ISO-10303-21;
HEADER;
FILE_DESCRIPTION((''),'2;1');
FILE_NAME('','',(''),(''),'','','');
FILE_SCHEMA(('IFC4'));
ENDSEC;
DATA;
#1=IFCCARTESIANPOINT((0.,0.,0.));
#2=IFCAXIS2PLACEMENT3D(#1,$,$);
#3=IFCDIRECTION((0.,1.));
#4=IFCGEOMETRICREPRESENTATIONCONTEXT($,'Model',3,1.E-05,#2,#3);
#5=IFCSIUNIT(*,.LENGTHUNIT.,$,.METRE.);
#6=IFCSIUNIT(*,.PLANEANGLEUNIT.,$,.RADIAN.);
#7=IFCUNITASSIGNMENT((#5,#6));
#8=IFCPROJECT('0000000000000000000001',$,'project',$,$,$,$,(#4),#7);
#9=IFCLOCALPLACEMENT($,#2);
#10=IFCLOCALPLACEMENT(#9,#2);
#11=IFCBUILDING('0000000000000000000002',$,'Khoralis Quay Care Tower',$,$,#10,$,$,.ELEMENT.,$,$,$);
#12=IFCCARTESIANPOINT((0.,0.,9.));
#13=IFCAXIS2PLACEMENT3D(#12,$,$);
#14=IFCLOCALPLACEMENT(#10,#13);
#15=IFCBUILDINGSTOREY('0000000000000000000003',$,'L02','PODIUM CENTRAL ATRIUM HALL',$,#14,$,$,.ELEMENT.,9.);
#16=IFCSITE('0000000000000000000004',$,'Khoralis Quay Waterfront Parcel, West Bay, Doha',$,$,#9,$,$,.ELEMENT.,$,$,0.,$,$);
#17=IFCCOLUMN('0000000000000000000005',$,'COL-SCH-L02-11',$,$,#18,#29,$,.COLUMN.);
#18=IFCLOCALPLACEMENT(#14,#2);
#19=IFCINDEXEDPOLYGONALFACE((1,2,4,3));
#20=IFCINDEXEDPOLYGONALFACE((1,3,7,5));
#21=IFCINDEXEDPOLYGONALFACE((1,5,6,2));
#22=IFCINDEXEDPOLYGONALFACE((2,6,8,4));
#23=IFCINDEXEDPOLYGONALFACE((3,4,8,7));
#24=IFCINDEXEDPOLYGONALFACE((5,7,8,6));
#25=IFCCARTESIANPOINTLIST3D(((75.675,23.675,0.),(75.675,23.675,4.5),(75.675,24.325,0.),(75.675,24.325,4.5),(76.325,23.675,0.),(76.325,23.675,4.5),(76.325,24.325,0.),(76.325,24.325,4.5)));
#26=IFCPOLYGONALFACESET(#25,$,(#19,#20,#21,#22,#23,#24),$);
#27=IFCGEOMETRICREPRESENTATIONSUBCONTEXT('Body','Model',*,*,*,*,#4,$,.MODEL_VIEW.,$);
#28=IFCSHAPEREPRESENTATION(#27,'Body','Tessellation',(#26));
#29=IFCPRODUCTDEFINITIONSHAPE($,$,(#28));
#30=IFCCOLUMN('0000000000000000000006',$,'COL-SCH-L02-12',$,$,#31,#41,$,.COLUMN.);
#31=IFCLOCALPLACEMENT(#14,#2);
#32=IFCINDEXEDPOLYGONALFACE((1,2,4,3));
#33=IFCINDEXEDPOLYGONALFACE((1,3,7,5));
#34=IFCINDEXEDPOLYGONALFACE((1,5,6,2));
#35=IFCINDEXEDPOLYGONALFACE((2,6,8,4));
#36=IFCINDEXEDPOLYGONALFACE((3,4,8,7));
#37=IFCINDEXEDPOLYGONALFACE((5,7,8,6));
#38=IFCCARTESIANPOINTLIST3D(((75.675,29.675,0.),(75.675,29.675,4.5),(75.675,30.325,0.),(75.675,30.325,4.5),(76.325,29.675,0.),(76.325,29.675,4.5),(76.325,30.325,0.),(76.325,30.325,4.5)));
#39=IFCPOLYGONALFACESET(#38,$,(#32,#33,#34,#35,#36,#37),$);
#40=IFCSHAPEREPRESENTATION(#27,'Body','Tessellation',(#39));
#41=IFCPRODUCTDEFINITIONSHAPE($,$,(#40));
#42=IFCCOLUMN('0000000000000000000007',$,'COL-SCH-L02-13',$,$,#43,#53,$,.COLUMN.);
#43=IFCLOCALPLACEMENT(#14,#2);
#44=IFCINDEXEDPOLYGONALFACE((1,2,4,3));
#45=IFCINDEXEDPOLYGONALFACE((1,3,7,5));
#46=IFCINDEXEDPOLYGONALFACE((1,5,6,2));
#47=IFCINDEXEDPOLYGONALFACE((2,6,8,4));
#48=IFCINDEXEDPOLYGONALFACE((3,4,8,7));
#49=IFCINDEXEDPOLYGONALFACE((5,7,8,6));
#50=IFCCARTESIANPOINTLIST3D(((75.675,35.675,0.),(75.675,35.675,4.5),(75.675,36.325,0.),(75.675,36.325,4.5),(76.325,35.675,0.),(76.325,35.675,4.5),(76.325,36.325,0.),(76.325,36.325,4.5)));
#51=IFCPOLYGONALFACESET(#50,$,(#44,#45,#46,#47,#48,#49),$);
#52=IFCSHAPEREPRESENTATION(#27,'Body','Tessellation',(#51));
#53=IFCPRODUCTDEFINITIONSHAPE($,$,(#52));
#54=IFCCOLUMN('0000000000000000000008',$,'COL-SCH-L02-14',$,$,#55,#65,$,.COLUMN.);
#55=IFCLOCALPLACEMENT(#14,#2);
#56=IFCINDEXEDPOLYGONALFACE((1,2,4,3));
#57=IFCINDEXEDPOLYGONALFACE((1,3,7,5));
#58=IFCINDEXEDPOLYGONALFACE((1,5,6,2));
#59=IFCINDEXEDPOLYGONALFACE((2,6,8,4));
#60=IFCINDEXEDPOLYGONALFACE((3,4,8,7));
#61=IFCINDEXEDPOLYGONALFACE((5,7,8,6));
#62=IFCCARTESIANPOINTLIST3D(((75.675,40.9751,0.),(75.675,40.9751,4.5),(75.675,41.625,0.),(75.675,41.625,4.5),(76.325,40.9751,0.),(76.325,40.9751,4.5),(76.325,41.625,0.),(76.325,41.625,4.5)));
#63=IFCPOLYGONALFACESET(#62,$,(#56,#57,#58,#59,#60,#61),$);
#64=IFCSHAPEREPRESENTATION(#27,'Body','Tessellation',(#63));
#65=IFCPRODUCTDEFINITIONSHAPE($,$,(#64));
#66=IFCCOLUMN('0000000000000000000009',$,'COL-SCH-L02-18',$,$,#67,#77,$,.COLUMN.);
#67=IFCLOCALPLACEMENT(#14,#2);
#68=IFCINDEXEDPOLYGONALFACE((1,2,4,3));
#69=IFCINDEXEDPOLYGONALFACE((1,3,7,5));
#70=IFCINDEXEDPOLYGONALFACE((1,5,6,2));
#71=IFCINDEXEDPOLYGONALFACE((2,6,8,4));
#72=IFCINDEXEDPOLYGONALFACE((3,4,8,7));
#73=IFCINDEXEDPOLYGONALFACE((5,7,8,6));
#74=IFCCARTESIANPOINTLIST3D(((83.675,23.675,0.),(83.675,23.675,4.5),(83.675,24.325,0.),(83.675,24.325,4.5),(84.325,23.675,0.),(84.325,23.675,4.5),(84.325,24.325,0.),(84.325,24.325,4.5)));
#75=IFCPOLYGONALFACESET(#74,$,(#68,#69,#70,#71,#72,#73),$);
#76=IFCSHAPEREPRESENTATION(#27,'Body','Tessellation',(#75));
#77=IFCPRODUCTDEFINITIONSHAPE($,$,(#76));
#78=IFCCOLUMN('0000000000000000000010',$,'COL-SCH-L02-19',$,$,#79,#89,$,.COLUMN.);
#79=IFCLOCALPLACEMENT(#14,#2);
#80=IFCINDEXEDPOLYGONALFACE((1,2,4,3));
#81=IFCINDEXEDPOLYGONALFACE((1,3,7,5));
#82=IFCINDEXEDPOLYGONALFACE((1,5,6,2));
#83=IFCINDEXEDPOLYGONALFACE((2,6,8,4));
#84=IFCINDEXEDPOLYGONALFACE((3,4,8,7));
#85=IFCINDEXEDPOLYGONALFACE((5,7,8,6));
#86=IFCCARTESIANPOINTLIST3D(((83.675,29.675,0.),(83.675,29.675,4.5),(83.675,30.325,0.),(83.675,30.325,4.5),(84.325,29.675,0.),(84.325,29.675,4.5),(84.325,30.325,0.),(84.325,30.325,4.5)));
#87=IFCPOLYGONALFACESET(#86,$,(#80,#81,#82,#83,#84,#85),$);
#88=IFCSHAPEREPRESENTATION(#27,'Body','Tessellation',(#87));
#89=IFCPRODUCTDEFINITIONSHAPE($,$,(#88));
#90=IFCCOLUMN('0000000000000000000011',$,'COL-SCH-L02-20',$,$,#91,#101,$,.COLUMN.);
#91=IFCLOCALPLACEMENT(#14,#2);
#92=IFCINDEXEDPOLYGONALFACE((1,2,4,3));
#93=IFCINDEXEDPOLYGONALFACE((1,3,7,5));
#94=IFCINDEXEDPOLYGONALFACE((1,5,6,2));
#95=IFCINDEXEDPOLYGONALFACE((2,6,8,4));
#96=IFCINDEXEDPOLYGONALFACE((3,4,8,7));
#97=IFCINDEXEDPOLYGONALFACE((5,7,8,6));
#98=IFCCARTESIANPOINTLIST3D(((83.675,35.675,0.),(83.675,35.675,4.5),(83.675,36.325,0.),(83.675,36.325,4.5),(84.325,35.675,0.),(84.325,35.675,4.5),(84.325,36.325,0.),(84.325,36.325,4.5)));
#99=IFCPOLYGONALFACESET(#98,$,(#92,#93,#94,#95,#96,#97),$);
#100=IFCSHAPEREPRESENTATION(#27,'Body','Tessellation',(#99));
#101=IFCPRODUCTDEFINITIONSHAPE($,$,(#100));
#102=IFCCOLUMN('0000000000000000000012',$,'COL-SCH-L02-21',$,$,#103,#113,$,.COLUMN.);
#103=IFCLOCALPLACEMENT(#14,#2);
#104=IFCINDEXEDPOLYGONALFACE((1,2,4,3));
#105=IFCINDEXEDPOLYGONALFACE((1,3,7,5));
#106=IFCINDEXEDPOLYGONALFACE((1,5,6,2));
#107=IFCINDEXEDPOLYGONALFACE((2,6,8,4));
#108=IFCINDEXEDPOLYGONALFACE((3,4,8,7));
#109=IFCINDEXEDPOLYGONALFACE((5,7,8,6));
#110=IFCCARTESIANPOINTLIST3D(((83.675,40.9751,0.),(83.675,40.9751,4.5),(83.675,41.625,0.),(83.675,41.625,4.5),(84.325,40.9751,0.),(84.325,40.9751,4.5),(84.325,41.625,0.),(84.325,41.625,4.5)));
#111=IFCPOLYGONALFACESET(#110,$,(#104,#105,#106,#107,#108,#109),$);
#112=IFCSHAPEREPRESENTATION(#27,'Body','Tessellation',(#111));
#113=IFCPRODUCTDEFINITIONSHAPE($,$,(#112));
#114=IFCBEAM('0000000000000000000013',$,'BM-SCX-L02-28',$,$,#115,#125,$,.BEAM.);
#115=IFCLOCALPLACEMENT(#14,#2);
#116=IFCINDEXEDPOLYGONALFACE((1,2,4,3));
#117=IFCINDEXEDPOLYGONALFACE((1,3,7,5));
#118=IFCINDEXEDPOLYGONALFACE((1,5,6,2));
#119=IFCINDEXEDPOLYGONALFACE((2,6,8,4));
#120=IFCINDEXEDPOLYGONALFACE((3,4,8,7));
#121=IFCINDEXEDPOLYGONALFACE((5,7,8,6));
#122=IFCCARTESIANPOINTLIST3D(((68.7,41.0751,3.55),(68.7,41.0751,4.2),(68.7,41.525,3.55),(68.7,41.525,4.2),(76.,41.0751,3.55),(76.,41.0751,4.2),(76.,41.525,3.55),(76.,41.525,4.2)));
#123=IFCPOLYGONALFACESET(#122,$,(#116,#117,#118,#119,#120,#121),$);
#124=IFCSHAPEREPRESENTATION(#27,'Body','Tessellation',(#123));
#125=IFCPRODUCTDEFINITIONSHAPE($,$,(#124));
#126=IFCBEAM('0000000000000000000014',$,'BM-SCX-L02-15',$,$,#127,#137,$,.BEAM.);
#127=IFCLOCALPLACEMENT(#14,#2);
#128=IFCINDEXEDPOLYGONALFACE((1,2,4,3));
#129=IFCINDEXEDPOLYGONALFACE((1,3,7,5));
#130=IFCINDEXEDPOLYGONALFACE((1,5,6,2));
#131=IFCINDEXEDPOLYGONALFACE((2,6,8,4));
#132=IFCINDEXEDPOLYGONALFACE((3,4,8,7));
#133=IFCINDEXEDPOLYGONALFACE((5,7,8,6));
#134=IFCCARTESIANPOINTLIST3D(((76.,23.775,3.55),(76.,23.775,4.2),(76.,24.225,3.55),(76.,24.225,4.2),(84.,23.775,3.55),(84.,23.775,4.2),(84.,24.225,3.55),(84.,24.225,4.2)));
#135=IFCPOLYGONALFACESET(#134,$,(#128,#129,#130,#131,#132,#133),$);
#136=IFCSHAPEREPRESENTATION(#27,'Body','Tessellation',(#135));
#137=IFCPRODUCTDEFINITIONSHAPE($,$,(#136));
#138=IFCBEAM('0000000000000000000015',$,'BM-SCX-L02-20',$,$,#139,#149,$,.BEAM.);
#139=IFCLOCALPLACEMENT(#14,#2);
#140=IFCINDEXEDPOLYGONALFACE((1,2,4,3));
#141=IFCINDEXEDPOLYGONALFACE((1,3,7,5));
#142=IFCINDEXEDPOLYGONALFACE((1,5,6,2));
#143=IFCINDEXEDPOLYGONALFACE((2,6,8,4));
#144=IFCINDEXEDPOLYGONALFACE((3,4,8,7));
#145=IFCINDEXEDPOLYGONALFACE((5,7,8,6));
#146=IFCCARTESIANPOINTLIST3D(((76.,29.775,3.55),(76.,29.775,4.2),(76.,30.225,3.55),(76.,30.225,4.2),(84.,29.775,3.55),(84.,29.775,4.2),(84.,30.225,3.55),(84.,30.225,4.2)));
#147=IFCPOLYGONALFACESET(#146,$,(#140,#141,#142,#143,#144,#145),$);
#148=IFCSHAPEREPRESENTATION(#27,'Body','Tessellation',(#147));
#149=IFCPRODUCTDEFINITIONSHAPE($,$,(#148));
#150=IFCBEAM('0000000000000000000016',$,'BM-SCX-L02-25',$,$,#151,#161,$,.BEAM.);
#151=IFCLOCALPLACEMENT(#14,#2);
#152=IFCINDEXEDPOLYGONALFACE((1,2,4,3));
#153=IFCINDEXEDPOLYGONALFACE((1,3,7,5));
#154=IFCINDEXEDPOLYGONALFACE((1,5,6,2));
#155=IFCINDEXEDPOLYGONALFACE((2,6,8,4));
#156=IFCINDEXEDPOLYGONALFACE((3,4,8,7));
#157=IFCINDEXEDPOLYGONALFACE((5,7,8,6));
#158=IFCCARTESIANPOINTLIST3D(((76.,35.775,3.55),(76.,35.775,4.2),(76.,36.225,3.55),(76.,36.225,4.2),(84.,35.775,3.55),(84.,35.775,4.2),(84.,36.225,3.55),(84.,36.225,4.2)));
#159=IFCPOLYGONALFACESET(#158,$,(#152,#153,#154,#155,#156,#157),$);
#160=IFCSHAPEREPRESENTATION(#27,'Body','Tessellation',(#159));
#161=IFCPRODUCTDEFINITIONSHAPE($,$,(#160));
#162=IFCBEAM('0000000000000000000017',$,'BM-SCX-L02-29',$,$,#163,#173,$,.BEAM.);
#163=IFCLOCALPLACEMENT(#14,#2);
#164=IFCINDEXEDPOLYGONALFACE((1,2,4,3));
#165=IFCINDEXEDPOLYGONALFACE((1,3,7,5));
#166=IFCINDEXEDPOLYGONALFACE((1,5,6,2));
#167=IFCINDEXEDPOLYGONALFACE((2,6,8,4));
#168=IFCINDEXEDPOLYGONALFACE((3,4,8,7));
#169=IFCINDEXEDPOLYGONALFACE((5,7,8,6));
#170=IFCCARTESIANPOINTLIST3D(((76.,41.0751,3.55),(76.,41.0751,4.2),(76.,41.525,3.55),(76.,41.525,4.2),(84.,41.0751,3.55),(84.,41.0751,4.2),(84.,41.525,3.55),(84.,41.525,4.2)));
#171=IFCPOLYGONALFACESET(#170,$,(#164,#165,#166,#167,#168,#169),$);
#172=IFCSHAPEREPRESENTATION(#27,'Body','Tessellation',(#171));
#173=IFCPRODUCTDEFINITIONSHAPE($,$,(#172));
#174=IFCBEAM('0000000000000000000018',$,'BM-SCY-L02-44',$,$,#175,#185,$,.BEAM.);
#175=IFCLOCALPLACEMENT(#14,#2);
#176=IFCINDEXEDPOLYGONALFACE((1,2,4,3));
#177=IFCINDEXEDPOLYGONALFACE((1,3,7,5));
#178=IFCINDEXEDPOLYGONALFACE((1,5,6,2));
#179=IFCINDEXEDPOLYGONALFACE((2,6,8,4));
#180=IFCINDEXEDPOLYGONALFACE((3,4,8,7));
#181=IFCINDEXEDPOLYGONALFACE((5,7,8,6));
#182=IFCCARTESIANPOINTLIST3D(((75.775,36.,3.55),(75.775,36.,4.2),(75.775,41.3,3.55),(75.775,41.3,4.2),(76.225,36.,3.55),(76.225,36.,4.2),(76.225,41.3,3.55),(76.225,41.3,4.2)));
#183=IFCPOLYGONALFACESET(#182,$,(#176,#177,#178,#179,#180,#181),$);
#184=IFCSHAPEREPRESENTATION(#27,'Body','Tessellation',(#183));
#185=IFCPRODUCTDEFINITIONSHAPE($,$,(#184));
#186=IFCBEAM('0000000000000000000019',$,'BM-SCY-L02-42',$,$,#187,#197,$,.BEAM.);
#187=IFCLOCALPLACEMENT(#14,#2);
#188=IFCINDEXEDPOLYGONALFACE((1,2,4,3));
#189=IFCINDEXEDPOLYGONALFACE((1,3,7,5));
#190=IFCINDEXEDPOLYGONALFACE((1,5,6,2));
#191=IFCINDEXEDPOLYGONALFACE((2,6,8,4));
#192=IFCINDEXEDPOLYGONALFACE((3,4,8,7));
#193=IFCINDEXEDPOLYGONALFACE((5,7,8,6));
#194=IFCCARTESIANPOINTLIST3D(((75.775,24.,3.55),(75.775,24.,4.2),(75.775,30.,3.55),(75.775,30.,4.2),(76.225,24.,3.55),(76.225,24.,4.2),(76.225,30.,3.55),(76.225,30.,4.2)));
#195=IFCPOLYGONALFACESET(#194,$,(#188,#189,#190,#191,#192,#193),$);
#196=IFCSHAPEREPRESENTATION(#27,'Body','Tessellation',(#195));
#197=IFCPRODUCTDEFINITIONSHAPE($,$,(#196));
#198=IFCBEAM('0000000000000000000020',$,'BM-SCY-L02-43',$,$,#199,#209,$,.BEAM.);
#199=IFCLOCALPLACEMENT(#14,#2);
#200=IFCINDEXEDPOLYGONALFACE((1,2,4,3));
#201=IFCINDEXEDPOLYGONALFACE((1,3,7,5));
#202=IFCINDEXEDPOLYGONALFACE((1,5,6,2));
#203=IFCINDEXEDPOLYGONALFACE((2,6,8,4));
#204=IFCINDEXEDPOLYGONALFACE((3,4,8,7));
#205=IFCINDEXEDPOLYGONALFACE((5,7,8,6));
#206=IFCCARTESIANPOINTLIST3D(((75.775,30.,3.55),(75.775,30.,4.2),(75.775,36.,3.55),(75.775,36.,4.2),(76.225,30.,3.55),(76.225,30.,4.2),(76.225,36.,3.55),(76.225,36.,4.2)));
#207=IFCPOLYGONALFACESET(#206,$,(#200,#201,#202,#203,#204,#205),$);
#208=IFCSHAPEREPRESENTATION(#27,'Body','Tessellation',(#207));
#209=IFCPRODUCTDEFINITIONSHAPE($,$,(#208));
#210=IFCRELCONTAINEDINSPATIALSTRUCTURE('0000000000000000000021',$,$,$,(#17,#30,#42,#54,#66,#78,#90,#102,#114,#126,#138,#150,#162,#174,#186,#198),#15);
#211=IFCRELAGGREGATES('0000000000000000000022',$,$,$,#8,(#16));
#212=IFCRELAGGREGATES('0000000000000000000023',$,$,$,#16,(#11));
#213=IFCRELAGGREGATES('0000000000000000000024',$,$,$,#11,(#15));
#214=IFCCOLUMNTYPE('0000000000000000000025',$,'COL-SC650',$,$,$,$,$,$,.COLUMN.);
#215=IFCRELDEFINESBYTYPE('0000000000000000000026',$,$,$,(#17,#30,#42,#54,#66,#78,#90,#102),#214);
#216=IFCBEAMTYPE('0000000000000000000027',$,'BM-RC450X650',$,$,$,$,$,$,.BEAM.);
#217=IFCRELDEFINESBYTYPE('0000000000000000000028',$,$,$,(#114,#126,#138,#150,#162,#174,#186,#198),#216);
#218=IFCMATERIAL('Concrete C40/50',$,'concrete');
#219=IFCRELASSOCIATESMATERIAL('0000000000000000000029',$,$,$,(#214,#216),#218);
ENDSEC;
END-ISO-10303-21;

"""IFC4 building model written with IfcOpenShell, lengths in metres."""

from ifc_helpers import new_model, si_unit, direction, frame, origin, origin_2d, place, context, subcontext, project, spatial, rectangle, extrude, source, transform, mapped, material, material_profile, profile_set, type_object, element, save


model = new_model("IFC4")

# Units and contexts
model_context = context("Model", 3, precision=1e-05, world=origin(), true_north=direction((0.0, 1.0)))
body_context = subcontext(model_context, "Body", "Model", "MODEL_VIEW")
ifc_project = project(units=[si_unit("LENGTHUNIT", "METRE"), si_unit("PLANEANGLEUNIT", "RADIAN")], contexts=[model_context])

# Site, building, storey
site_placement = place(None, origin())
site = spatial("IfcSite", under=ifc_project, at=site_placement, Name="Khoralis Quay Waterfront Parcel, West Bay, Doha", CompositionType="ELEMENT", RefElevation=0.0)
building_placement = place(site_placement, origin())
building = spatial("IfcBuilding", under=site, at=building_placement, Name="Khoralis Quay Care Tower", CompositionType="ELEMENT")
storey_placement = place(building_placement, frame((0.0, 0.0, 9.0)))
storey = spatial("IfcBuildingStorey", under=building, at=storey_placement, Name="L02", Description="PODIUM CENTRAL ATRIUM HALL", CompositionType="ELEMENT", Elevation=9.0)

# Columns
ifc_material_1 = material(Name="Concrete C40/50", Category="concrete")
ifc_material_profile_1 = material_profile(ifc_material_1, rectangle(XDim=0.6499, YDim=0.6499, at=origin_2d()), Name="Concrete C40/50")
ifc_profile_set_1 = profile_set([ifc_material_profile_1], Name="Concrete C40/50")
column_type = type_object("IfcColumnType", Name="COL-SC650", PredefinedType="COLUMN", material=ifc_profile_set_1)
shared_shape_1 = source(origin(), body_context, "Body", "SweptSolid", [
    extrude(rectangle(XDim=0.6499, YDim=0.6499, at=origin_2d()), origin(), (0.0, 0.0, 1.0), 4.5),
])
for number, where, z_axis, x_axis, name in (
    (1, (76.0, 24.0, 0.0), (0.0, 0.0, 1.0), (1.0, 0.0, 0.0), "COL-SCH-L02-11"),
    (2, (76.0, 30.0, 0.0), (0.0, 0.0, 1.0), (1.0, 0.0, 0.0), "COL-SCH-L02-12"),
    (3, (76.0, 36.0, 0.0), (0.0, 0.0, 1.0), (1.0, 0.0, 0.0), "COL-SCH-L02-13"),
    (4, (76.0, 41.3, 0.0), (0.0, 0.0, 1.0), (1.0, 0.0, 0.0), "COL-SCH-L02-14"),
    (5, (84.0, 24.0, 0.0), (0.0, 0.0, 1.0), (1.0, 0.0, 0.0), "COL-SCH-L02-18"),
    (6, (84.0, 30.0, 0.0), (0.0, 0.0, 1.0), (1.0, 0.0, 0.0), "COL-SCH-L02-19"),
    (7, (84.0, 36.0, 0.0), (0.0, 0.0, 1.0), (1.0, 0.0, 0.0), "COL-SCH-L02-20"),
    (8, (84.0, 41.3, 0.0), (0.0, 0.0, 1.0), (1.0, 0.0, 0.0), "COL-SCH-L02-21"),
):
    element("IfcColumn", number, at=place(storey_placement, frame(where, z_axis=z_axis, x_axis=x_axis)), inside=storey, type_object=column_type, Name=name, PredefinedType="COLUMN", context=body_context, shape_type="MappedRepresentation", body=[
        mapped(shared_shape_1, transform((0.0, 0.0, 0.0), scale=1.0)),
    ])

# Beams
ifc_material_profile_2 = material_profile(ifc_material_1, rectangle(XDim=0.45, YDim=0.6499, at=origin_2d()), Name="Concrete C40/50")
ifc_profile_set_2 = profile_set([ifc_material_profile_2], Name="Concrete C40/50")
beam_type_1 = type_object("IfcBeamType", Name="BM-RC450X650", PredefinedType="BEAM", material=ifc_profile_set_2)
shared_shape_2 = source(origin(), body_context, "Body", "SweptSolid", [
    extrude(rectangle(XDim=0.45, YDim=0.6499, at=origin_2d()), origin(), (0.0, 0.0, 1.0), 7.3),
])
beam_1_placement = place(storey_placement, frame((68.7, 41.3, 3.875), z_axis=(1.0, 0.0, 0.0), x_axis=(0.0, 1.0, 0.0)))
element("IfcBeam", 9, at=beam_1_placement, inside=storey, type_object=beam_type_1, Name="BM-SCX-L02-28", PredefinedType="BEAM", context=body_context, shape_type="MappedRepresentation", body=[
    mapped(shared_shape_2, transform((0.0, 0.0, 0.0), scale=1.0)),
])
shared_shape_3 = source(origin(), body_context, "Body", "SweptSolid", [
    extrude(rectangle(XDim=0.45, YDim=0.6499, at=origin_2d()), origin(), (0.0, 0.0, 1.0), 8.0),
])
for number, where, z_axis, x_axis, name in (
    (10, (76.0, 24.0, 3.875), (1.0, 0.0, 0.0), (0.0, 1.0, 0.0), "BM-SCX-L02-15"),
    (11, (76.0, 30.0, 3.875), (1.0, 0.0, 0.0), (0.0, 1.0, 0.0), "BM-SCX-L02-20"),
    (12, (76.0, 36.0, 3.875), (1.0, 0.0, 0.0), (0.0, 1.0, 0.0), "BM-SCX-L02-25"),
    (13, (76.0, 41.3, 3.875), (1.0, 0.0, 0.0), (0.0, 1.0, 0.0), "BM-SCX-L02-29"),
):
    element("IfcBeam", number, at=place(storey_placement, frame(where, z_axis=z_axis, x_axis=x_axis)), inside=storey, type_object=beam_type_1, Name=name, PredefinedType="BEAM", context=body_context, shape_type="MappedRepresentation", body=[
        mapped(shared_shape_3, transform((0.0, 0.0, 0.0), scale=1.0)),
    ])
shared_shape_4 = source(origin(), body_context, "Body", "SweptSolid", [
    extrude(rectangle(XDim=0.45, YDim=0.6499, at=origin_2d()), origin(), (0.0, 0.0, 1.0), 5.3),
])
beam_2_placement = place(storey_placement, frame((76.0, 36.0, 3.875), z_axis=(0.0, 1.0, 0.0), x_axis=(-1.0, 0.0, 0.0)))
element("IfcBeam", 14, at=beam_2_placement, inside=storey, type_object=beam_type_1, Name="BM-SCY-L02-44", PredefinedType="BEAM", context=body_context, shape_type="MappedRepresentation", body=[
    mapped(shared_shape_4, transform((0.0, 0.0, 0.0), scale=1.0)),
])
shared_shape_5 = source(origin(), body_context, "Body", "SweptSolid", [
    extrude(rectangle(XDim=0.45, YDim=0.6499, at=origin_2d()), origin(), (0.0, 0.0, 1.0), 6.0),
])
for number, where, z_axis, x_axis, name in (
    (15, (76.0, 24.0, 3.875), (0.0, 1.0, 0.0), (-1.0, 0.0, 0.0), "BM-SCY-L02-42"),
    (16, (76.0, 30.0, 3.875), (0.0, 1.0, 0.0), (-1.0, 0.0, 0.0), "BM-SCY-L02-43"),
):
    element("IfcBeam", number, at=place(storey_placement, frame(where, z_axis=z_axis, x_axis=x_axis)), inside=storey, type_object=beam_type_1, Name=name, PredefinedType="BEAM", context=body_context, shape_type="MappedRepresentation", body=[
        mapped(shared_shape_5, transform((0.0, 0.0, 0.0), scale=1.0)),
    ])

save(model, "model.ifc")
